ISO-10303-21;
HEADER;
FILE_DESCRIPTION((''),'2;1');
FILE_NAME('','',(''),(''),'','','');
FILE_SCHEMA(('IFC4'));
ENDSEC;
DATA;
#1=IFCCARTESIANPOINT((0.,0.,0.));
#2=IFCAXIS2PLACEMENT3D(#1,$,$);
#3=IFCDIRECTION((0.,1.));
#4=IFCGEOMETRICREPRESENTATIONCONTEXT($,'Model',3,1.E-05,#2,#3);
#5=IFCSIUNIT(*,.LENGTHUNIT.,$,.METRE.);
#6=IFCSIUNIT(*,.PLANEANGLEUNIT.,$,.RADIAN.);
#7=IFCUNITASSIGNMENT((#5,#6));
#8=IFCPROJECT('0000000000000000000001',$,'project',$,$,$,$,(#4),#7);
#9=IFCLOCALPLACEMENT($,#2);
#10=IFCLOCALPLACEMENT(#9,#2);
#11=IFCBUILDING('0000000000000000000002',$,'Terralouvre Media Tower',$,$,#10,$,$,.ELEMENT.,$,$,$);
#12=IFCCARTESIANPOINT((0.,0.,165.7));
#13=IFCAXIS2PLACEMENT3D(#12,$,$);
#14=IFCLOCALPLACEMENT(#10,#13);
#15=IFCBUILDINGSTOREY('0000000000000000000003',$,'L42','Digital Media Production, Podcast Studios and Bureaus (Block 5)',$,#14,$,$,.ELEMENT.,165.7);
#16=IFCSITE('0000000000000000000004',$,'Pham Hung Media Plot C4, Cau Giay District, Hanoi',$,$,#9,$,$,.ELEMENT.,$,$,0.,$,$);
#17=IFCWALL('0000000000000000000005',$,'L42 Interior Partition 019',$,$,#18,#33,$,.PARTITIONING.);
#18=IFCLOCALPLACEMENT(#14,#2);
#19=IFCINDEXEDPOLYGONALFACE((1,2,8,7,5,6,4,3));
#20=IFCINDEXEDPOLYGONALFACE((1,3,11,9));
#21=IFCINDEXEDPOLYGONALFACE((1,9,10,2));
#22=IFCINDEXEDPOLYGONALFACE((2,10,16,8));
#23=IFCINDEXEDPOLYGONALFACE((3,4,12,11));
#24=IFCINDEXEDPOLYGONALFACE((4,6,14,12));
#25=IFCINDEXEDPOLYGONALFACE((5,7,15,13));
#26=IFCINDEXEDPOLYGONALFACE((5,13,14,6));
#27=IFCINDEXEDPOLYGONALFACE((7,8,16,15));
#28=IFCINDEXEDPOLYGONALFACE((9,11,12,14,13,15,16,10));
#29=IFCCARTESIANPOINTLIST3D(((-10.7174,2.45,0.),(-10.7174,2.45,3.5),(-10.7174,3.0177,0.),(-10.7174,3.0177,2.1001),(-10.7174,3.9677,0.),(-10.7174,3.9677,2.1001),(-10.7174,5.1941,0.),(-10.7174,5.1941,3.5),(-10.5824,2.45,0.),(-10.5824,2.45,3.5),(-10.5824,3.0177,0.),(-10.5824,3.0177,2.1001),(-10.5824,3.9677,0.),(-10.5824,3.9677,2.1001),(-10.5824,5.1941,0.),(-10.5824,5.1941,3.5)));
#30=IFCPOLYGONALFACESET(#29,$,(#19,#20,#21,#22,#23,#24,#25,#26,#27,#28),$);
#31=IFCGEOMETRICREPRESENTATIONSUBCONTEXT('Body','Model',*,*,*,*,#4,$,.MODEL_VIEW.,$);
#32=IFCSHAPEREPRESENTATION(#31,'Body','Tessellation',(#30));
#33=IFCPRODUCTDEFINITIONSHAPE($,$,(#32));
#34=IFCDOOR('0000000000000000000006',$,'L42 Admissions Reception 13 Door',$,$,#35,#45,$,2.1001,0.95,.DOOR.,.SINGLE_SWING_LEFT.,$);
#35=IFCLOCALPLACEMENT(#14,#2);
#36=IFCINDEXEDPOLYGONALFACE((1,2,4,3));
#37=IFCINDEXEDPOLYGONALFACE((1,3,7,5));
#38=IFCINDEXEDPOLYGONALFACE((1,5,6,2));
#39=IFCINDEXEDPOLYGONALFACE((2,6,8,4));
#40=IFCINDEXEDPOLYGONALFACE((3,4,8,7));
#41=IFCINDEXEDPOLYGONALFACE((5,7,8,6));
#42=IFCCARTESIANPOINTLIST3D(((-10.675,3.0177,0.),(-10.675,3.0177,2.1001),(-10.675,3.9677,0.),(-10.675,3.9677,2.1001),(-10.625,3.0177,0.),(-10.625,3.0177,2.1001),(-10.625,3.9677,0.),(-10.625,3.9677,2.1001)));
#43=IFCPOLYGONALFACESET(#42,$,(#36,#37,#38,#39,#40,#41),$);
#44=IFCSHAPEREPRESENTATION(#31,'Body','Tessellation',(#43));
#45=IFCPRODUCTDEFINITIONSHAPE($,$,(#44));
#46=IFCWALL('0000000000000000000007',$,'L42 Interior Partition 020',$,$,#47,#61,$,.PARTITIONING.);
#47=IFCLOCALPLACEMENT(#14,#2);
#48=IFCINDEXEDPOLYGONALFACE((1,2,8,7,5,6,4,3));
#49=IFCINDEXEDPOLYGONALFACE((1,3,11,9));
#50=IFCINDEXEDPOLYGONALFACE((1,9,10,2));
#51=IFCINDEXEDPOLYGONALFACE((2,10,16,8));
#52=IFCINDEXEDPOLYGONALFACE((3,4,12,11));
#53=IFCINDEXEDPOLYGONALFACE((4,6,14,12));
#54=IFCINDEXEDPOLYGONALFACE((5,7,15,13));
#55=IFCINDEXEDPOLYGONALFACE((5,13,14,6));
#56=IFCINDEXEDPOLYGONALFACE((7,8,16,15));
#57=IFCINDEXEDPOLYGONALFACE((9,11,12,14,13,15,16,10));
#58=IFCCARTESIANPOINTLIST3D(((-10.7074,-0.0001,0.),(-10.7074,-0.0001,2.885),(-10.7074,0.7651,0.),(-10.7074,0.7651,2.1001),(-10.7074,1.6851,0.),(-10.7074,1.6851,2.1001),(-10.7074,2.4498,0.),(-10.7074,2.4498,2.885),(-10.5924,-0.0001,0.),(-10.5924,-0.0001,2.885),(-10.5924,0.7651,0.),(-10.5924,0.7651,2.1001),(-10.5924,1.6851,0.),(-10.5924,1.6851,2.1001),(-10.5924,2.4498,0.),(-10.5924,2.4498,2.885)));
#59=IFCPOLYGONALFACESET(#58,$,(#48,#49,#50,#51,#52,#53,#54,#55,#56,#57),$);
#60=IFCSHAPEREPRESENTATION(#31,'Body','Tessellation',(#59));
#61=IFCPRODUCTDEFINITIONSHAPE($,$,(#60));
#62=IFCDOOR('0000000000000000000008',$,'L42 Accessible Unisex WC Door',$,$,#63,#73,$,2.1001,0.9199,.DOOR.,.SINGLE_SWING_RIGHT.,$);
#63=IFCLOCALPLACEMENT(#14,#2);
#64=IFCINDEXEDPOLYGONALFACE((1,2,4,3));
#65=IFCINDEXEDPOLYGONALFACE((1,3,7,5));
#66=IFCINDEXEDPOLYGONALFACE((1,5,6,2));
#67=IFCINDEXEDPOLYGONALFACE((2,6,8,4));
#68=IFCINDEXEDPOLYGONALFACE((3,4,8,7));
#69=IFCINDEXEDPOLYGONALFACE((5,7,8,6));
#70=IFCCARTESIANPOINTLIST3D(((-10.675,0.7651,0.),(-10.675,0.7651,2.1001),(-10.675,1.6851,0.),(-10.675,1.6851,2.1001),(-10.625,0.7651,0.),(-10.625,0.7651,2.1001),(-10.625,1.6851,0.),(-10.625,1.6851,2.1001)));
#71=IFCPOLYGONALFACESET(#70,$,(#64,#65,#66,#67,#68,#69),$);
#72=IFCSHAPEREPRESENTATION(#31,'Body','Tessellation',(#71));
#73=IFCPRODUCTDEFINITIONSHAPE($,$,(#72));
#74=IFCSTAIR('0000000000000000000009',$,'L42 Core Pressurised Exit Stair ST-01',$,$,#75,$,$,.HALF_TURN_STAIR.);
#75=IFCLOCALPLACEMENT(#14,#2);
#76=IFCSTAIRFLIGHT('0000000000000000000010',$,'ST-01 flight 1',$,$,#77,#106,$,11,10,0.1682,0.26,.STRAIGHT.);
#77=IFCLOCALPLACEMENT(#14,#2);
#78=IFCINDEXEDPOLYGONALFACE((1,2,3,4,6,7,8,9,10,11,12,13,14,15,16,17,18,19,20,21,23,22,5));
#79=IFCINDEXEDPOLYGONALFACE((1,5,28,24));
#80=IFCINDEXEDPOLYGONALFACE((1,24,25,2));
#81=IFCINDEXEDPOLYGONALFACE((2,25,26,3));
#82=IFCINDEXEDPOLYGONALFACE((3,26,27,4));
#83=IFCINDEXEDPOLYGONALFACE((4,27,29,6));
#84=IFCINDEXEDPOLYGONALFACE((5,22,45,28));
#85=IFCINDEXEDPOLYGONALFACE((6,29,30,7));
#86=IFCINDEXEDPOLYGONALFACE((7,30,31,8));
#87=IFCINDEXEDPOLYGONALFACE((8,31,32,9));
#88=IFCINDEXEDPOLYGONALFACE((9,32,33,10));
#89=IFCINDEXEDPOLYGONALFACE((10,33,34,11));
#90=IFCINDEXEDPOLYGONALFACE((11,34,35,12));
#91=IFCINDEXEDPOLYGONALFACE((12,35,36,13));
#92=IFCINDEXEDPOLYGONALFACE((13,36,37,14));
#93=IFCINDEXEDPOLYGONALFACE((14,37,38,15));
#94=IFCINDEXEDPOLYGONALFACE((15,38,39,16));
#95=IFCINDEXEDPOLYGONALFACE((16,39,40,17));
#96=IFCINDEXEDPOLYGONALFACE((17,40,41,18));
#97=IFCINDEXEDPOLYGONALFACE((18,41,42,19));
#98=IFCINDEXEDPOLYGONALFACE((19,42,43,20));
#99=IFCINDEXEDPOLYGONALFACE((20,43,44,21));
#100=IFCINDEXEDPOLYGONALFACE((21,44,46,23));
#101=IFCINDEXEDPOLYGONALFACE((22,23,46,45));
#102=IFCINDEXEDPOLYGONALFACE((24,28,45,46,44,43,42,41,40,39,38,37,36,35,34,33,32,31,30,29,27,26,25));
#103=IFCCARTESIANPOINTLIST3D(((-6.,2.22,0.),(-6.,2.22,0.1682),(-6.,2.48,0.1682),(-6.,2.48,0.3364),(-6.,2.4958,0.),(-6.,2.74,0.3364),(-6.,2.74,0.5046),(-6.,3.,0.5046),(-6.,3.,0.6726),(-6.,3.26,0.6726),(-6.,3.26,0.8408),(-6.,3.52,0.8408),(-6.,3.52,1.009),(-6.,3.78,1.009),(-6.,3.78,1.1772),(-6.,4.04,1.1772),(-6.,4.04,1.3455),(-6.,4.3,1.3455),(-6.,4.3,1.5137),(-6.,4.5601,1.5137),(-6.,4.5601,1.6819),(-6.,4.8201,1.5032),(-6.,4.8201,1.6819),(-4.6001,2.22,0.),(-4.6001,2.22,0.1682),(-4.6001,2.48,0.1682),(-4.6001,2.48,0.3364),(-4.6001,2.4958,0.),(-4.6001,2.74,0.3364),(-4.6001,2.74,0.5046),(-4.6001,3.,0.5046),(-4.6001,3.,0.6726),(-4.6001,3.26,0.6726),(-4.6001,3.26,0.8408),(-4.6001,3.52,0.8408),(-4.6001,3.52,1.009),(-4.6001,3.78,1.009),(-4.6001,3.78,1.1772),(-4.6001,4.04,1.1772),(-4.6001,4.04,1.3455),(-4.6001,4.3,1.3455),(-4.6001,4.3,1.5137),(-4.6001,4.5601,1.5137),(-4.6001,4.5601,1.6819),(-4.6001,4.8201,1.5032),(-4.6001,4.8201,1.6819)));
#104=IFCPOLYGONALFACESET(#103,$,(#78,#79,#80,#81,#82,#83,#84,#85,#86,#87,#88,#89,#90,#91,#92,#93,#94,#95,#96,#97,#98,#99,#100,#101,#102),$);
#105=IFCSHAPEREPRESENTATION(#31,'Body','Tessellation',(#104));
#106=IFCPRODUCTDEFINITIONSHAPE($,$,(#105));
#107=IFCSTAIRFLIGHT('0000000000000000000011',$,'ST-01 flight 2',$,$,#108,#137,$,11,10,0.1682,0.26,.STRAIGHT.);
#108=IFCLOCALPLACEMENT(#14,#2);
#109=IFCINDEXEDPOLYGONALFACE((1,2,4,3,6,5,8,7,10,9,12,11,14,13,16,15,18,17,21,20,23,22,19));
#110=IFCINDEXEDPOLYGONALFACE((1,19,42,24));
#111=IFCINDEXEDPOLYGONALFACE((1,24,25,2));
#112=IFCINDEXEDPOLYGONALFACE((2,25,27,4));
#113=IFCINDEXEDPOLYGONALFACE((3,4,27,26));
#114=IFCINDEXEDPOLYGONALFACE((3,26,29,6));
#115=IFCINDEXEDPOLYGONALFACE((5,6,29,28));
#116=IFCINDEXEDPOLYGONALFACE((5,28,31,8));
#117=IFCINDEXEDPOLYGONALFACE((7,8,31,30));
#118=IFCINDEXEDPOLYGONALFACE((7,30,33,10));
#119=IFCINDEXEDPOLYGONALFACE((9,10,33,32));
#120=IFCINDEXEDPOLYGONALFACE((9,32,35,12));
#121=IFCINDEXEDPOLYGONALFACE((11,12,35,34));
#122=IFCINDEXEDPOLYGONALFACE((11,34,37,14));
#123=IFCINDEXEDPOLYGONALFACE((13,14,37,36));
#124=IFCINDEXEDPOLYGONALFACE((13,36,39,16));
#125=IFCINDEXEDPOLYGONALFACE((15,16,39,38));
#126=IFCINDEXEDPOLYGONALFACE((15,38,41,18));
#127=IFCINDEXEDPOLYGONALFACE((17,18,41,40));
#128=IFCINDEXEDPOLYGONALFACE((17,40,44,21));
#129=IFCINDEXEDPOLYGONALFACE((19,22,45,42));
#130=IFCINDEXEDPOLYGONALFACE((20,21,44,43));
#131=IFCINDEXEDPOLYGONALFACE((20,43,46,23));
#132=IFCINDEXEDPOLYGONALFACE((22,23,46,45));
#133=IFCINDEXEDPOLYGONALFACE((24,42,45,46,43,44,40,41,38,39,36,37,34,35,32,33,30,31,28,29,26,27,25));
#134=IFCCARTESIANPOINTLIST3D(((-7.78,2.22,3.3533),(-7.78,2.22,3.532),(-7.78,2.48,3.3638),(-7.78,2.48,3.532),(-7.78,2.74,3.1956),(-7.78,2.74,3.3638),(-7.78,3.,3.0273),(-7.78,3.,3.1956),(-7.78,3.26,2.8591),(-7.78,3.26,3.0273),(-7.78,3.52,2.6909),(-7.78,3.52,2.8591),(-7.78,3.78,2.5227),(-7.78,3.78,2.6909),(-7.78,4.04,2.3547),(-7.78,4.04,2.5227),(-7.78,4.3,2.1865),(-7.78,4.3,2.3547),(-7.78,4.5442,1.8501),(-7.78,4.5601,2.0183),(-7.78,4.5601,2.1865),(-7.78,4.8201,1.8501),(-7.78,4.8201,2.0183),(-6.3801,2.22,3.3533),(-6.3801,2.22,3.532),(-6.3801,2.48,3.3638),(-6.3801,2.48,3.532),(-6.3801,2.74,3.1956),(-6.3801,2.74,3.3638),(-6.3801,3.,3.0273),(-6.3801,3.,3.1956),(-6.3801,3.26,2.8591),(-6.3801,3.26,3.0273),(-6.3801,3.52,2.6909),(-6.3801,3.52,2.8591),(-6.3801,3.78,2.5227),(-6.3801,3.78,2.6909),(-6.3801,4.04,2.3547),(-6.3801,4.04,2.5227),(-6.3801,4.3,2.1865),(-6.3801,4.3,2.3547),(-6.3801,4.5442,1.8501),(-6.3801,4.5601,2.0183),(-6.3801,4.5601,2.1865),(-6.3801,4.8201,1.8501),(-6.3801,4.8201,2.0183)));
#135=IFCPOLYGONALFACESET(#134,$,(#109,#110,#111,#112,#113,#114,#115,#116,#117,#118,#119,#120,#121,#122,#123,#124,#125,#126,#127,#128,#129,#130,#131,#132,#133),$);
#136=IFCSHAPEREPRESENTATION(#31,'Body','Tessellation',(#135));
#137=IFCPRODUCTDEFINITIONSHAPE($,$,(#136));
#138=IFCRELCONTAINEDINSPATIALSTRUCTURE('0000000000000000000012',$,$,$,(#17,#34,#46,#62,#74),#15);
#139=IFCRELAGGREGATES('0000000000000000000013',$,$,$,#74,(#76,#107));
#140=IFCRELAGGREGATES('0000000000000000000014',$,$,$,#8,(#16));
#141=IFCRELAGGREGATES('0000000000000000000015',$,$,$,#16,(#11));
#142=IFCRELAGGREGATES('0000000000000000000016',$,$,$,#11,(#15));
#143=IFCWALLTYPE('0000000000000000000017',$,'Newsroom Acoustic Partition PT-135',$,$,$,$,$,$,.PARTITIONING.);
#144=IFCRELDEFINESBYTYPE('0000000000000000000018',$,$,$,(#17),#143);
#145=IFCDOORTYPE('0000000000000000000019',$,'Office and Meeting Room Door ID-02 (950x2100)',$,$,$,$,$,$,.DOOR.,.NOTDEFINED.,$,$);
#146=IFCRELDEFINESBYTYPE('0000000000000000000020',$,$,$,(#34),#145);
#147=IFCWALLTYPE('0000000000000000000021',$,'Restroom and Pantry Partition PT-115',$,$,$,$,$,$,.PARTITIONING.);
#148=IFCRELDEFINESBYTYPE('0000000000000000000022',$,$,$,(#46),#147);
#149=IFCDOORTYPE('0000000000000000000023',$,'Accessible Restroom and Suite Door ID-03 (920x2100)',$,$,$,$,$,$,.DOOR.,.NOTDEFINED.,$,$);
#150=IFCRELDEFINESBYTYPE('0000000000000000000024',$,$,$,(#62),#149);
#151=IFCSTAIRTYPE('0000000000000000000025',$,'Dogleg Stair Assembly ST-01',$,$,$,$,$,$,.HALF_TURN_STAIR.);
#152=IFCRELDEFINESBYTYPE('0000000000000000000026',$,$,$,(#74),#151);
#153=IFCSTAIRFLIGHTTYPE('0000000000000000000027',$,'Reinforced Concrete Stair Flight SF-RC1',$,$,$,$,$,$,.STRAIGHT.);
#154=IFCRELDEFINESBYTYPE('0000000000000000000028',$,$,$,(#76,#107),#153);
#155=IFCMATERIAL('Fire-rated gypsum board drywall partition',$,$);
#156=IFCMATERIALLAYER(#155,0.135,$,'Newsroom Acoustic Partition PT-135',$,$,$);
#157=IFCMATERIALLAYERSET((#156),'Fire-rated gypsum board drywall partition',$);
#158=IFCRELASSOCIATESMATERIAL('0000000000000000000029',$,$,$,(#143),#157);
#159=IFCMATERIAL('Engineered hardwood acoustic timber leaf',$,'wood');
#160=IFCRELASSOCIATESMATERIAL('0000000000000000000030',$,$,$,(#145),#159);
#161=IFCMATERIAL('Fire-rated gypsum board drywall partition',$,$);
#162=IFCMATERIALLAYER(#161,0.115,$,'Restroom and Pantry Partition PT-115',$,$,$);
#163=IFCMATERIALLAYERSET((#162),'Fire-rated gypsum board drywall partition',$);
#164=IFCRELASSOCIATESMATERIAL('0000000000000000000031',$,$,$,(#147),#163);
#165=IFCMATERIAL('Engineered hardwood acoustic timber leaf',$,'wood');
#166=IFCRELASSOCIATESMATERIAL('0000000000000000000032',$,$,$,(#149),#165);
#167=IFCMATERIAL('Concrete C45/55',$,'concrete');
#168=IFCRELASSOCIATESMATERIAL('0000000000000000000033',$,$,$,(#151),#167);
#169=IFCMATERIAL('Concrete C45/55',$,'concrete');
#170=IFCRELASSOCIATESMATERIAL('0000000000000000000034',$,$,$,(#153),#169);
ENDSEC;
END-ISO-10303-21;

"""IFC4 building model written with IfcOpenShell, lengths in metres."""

from ifc_helpers import new_model, si_unit, direction, frame, frame_2d, origin, place, context, subcontext, project, spatial, polyline, rectangle, outline, extrude, material, layer, layer_set, type_object, element, fill, aggregate, save


model = new_model("IFC4")

# Units and contexts
model_context = context("Model", 3, precision=1e-05, world=origin(), true_north=direction((0.0, 1.0)))
body_context = subcontext(model_context, "Body", "Model", "MODEL_VIEW")
ifc_project = project(units=[si_unit("LENGTHUNIT", "METRE"), si_unit("PLANEANGLEUNIT", "RADIAN")], contexts=[model_context])

# Site, building, storey
site_placement = place(None, origin())
site = spatial("IfcSite", under=ifc_project, at=site_placement, Name="Pham Hung Media Plot C4, Cau Giay District, Hanoi", CompositionType="ELEMENT", RefElevation=0.0)
building_placement = place(site_placement, origin())
building = spatial("IfcBuilding", under=site, at=building_placement, Name="Terralouvre Media Tower", CompositionType="ELEMENT")
storey_placement = place(building_placement, frame((0.0, 0.0, 165.7)))
storey = spatial("IfcBuildingStorey", under=building, at=storey_placement, Name="L42", Description="Digital Media Production, Podcast Studios and Bureaus (Block 5)", CompositionType="ELEMENT", Elevation=165.7)

# Walls, openings, doors
ifc_material_1 = material(Name="Fire-rated gypsum board drywall partition")
ifc_layer_1 = layer(ifc_material_1, 0.135, Name="Newsroom Acoustic Partition PT-135")
ifc_layer_set_1 = layer_set([ifc_layer_1], Name="Fire-rated gypsum board drywall partition")
wall_type_1 = type_object("IfcWallType", Name="Newsroom Acoustic Partition PT-135", PredefinedType="PARTITIONING", material=ifc_layer_set_1)
wall_1_placement = place(storey_placement, frame((-10.6499, 5.1941, 0.0), z_axis=(0.0, 0.0, 1.0), x_axis=(0.0, -1.0, 0.0)))
wall_1 = element("IfcWall", 1, at=wall_1_placement, inside=storey, type_object=wall_type_1, Name="L42 Interior Partition 019", PredefinedType="PARTITIONING", context=body_context, shape_type="SweptSolid", body=[
    extrude(rectangle(XDim=2.7441, YDim=0.135, at=frame_2d((1.3721, 0.0))), origin(), (0.0, 0.0, 1.0), 3.5),
])
opening_1_placement = place(wall_1_placement, frame((1.2263, 0.0, 0.0)))
opening_1 = element("IfcOpeningElement", 2, at=opening_1_placement, cuts=wall_1, PredefinedType="OPENING", context=body_context, shape_type="SweptSolid", body=[
    extrude(rectangle(XDim=0.95, YDim=2.1001, at=frame_2d((0.4751, 1.05))), frame((0.0, 0.0774, 0.0), z_axis=(0.0, -1.0, 0.0), x_axis=(1.0, 0.0, 0.0)), (0.0, 0.0, 1.0), 0.155),
])
ifc_material_2 = material(Name="Engineered hardwood acoustic timber leaf", Category="wood")
door_type_1 = type_object("IfcDoorType", Name="Office and Meeting Room Door ID-02 (950x2100)", OperationType="NOTDEFINED", PredefinedType="DOOR", material=ifc_material_2)
door_1_placement = place(opening_1_placement, origin())
door_1 = element("IfcDoor", 3, at=door_1_placement, inside=storey, type_object=door_type_1, Name="L42 Admissions Reception 13 Door", OperationType="SINGLE_SWING_LEFT", OverallHeight=2.1001, OverallWidth=0.95, PredefinedType="DOOR", context=body_context, shape_type="SweptSolid", body=[
    extrude(rectangle(XDim=0.95, YDim=2.1001, at=frame_2d((0.4751, 1.05))), frame((0.0, 0.0249, 0.0), z_axis=(0.0, -1.0, 0.0), x_axis=(1.0, 0.0, 0.0)), (0.0, 0.0, 1.0), 0.05),
])
fill(opening_1, door_1)
ifc_material_3 = material(Name="Fire-rated gypsum board drywall partition")
ifc_layer_2 = layer(ifc_material_3, 0.115, Name="Restroom and Pantry Partition PT-115")
ifc_layer_set_2 = layer_set([ifc_layer_2], Name="Fire-rated gypsum board drywall partition")
wall_type_2 = type_object("IfcWallType", Name="Restroom and Pantry Partition PT-115", PredefinedType="PARTITIONING", material=ifc_layer_set_2)
wall_2_placement = place(storey_placement, frame((-10.6499, 2.45, 0.0), z_axis=(0.0, 0.0, 1.0), x_axis=(0.0, -1.0, 0.0)))
wall_2 = element("IfcWall", 4, at=wall_2_placement, inside=storey, type_object=wall_type_2, Name="L42 Interior Partition 020", PredefinedType="PARTITIONING", context=body_context, shape_type="SweptSolid", body=[
    extrude(rectangle(XDim=2.45, YDim=0.115, at=frame_2d((1.2251, 0.0))), origin(), (0.0, 0.0, 1.0), 2.885),
])
opening_2_placement = place(wall_2_placement, frame((0.7649, 0.0, 0.0)))
opening_2 = element("IfcOpeningElement", 5, at=opening_2_placement, cuts=wall_2, PredefinedType="OPENING", context=body_context, shape_type="SweptSolid", body=[
    extrude(rectangle(XDim=0.9199, YDim=2.1001, at=frame_2d((0.46, 1.05))), frame((0.0, 0.0674, 0.0), z_axis=(0.0, -1.0, 0.0), x_axis=(1.0, 0.0, 0.0)), (0.0, 0.0, 1.0), 0.135),
])
ifc_material_4 = material(Name="Engineered hardwood acoustic timber leaf", Category="wood")
door_type_2 = type_object("IfcDoorType", Name="Accessible Restroom and Suite Door ID-03 (920x2100)", OperationType="NOTDEFINED", PredefinedType="DOOR", material=ifc_material_4)
door_2_placement = place(opening_2_placement, origin())
door_2 = element("IfcDoor", 6, at=door_2_placement, inside=storey, type_object=door_type_2, Name="L42 Accessible Unisex WC Door", OperationType="SINGLE_SWING_RIGHT", OverallHeight=2.1001, OverallWidth=0.9199, PredefinedType="DOOR", context=body_context, shape_type="SweptSolid", body=[
    extrude(rectangle(XDim=0.9199, YDim=2.1001, at=frame_2d((0.46, 1.05))), frame((0.0, 0.0249, 0.0), z_axis=(0.0, -1.0, 0.0), x_axis=(1.0, 0.0, 0.0)), (0.0, 0.0, 1.0), 0.05),
])
fill(opening_2, door_2)

# Stair, stair flights
ifc_material_5 = material(Name="Concrete C45/55", Category="concrete")
stair_type = type_object("IfcStairType", Name="Dogleg Stair Assembly ST-01", PredefinedType="HALF_TURN_STAIR", material=ifc_material_5)
stair_placement = place(storey_placement, origin())
stair = element("IfcStair", 7, at=stair_placement, inside=storey, type_object=stair_type, Name="L42 Core Pressurised Exit Stair ST-01", PredefinedType="HALF_TURN_STAIR")
ifc_material_6 = material(Name="Concrete C45/55", Category="concrete")
stair_flight_type = type_object("IfcStairFlightType", Name="Reinforced Concrete Stair Flight SF-RC1", PredefinedType="STRAIGHT", material=ifc_material_6)
stair_flight_1_placement = place(storey_placement, frame((-5.3, 2.22, 0.0), z_axis=(0.0, 0.0, 1.0), x_axis=(0.0, 1.0, 0.0)))
stair_flight_1 = element("IfcStairFlight", 8, at=stair_flight_1_placement, type_object=stair_flight_type, Name="ST-01 flight 1", NumberOfRisers=11, NumberOfTreads=10, PredefinedType="STRAIGHT", RiserHeight=0.1682, TreadLength=0.26, context=body_context, shape_type="SweptSolid", body=[
    extrude(outline(polyline([(0.0, 0.0), (0.0, 0.1682), (0.26, 0.1682), (0.26, 0.3364), (0.52, 0.3364), (0.52, 0.5046), (0.78, 0.5046), (0.78, 0.6726), (1.04, 0.6726), (1.04, 0.8408), (1.3, 0.8408), (1.3, 1.009), (1.5601, 1.009), (1.5601, 1.1772), (1.8201, 1.1772), (1.8201, 1.3455), (2.0801, 1.3455), (2.0801, 1.5137), (2.3401, 1.5137), (2.3401, 1.6819), (2.6001, 1.6819), (2.6001, 1.8501), (2.6001, 1.5032), (0.2759, 0.0), (0.0, 0.0)])), frame((0.0, 0.7, 0.0), z_axis=(0.0, -1.0, 0.0), x_axis=(1.0, 0.0, 0.0)), (0.0, 0.0, 1.0), 1.3999),
])
stair_flight_2_placement = place(storey_placement, frame((-7.0801, 4.8201, 1.8501), z_axis=(0.0, 0.0, 1.0), x_axis=(0.0, -1.0, 0.0)))
stair_flight_2 = element("IfcStairFlight", 9, at=stair_flight_2_placement, type_object=stair_flight_type, Name="ST-01 flight 2", NumberOfRisers=11, NumberOfTreads=10, PredefinedType="STRAIGHT", RiserHeight=0.1682, TreadLength=0.26, context=body_context, shape_type="SweptSolid", body=[
    extrude(outline(polyline([(0.0, 0.0), (0.0, 0.1682), (0.26, 0.1682), (0.26, 0.3364), (0.52, 0.3364), (0.52, 0.5046), (0.78, 0.5046), (0.78, 0.6726), (1.04, 0.6726), (1.04, 0.8408), (1.3, 0.8408), (1.3, 1.009), (1.5601, 1.009), (1.5601, 1.1772), (1.8201, 1.1772), (1.8201, 1.3455), (2.0801, 1.3455), (2.0801, 1.5137), (2.3401, 1.5137), (2.3401, 1.6819), (2.6001, 1.6819), (2.6001, 1.8501), (2.6001, 1.5032), (0.2759, 0.0), (0.0, 0.0)])), frame((0.0, 0.7, 0.0), z_axis=(0.0, -1.0, 0.0), x_axis=(1.0, 0.0, 0.0)), (0.0, 0.0, 1.0), 1.3999),
])
aggregate(stair, [stair_flight_1, stair_flight_2])

save(model, "model.ifc")
